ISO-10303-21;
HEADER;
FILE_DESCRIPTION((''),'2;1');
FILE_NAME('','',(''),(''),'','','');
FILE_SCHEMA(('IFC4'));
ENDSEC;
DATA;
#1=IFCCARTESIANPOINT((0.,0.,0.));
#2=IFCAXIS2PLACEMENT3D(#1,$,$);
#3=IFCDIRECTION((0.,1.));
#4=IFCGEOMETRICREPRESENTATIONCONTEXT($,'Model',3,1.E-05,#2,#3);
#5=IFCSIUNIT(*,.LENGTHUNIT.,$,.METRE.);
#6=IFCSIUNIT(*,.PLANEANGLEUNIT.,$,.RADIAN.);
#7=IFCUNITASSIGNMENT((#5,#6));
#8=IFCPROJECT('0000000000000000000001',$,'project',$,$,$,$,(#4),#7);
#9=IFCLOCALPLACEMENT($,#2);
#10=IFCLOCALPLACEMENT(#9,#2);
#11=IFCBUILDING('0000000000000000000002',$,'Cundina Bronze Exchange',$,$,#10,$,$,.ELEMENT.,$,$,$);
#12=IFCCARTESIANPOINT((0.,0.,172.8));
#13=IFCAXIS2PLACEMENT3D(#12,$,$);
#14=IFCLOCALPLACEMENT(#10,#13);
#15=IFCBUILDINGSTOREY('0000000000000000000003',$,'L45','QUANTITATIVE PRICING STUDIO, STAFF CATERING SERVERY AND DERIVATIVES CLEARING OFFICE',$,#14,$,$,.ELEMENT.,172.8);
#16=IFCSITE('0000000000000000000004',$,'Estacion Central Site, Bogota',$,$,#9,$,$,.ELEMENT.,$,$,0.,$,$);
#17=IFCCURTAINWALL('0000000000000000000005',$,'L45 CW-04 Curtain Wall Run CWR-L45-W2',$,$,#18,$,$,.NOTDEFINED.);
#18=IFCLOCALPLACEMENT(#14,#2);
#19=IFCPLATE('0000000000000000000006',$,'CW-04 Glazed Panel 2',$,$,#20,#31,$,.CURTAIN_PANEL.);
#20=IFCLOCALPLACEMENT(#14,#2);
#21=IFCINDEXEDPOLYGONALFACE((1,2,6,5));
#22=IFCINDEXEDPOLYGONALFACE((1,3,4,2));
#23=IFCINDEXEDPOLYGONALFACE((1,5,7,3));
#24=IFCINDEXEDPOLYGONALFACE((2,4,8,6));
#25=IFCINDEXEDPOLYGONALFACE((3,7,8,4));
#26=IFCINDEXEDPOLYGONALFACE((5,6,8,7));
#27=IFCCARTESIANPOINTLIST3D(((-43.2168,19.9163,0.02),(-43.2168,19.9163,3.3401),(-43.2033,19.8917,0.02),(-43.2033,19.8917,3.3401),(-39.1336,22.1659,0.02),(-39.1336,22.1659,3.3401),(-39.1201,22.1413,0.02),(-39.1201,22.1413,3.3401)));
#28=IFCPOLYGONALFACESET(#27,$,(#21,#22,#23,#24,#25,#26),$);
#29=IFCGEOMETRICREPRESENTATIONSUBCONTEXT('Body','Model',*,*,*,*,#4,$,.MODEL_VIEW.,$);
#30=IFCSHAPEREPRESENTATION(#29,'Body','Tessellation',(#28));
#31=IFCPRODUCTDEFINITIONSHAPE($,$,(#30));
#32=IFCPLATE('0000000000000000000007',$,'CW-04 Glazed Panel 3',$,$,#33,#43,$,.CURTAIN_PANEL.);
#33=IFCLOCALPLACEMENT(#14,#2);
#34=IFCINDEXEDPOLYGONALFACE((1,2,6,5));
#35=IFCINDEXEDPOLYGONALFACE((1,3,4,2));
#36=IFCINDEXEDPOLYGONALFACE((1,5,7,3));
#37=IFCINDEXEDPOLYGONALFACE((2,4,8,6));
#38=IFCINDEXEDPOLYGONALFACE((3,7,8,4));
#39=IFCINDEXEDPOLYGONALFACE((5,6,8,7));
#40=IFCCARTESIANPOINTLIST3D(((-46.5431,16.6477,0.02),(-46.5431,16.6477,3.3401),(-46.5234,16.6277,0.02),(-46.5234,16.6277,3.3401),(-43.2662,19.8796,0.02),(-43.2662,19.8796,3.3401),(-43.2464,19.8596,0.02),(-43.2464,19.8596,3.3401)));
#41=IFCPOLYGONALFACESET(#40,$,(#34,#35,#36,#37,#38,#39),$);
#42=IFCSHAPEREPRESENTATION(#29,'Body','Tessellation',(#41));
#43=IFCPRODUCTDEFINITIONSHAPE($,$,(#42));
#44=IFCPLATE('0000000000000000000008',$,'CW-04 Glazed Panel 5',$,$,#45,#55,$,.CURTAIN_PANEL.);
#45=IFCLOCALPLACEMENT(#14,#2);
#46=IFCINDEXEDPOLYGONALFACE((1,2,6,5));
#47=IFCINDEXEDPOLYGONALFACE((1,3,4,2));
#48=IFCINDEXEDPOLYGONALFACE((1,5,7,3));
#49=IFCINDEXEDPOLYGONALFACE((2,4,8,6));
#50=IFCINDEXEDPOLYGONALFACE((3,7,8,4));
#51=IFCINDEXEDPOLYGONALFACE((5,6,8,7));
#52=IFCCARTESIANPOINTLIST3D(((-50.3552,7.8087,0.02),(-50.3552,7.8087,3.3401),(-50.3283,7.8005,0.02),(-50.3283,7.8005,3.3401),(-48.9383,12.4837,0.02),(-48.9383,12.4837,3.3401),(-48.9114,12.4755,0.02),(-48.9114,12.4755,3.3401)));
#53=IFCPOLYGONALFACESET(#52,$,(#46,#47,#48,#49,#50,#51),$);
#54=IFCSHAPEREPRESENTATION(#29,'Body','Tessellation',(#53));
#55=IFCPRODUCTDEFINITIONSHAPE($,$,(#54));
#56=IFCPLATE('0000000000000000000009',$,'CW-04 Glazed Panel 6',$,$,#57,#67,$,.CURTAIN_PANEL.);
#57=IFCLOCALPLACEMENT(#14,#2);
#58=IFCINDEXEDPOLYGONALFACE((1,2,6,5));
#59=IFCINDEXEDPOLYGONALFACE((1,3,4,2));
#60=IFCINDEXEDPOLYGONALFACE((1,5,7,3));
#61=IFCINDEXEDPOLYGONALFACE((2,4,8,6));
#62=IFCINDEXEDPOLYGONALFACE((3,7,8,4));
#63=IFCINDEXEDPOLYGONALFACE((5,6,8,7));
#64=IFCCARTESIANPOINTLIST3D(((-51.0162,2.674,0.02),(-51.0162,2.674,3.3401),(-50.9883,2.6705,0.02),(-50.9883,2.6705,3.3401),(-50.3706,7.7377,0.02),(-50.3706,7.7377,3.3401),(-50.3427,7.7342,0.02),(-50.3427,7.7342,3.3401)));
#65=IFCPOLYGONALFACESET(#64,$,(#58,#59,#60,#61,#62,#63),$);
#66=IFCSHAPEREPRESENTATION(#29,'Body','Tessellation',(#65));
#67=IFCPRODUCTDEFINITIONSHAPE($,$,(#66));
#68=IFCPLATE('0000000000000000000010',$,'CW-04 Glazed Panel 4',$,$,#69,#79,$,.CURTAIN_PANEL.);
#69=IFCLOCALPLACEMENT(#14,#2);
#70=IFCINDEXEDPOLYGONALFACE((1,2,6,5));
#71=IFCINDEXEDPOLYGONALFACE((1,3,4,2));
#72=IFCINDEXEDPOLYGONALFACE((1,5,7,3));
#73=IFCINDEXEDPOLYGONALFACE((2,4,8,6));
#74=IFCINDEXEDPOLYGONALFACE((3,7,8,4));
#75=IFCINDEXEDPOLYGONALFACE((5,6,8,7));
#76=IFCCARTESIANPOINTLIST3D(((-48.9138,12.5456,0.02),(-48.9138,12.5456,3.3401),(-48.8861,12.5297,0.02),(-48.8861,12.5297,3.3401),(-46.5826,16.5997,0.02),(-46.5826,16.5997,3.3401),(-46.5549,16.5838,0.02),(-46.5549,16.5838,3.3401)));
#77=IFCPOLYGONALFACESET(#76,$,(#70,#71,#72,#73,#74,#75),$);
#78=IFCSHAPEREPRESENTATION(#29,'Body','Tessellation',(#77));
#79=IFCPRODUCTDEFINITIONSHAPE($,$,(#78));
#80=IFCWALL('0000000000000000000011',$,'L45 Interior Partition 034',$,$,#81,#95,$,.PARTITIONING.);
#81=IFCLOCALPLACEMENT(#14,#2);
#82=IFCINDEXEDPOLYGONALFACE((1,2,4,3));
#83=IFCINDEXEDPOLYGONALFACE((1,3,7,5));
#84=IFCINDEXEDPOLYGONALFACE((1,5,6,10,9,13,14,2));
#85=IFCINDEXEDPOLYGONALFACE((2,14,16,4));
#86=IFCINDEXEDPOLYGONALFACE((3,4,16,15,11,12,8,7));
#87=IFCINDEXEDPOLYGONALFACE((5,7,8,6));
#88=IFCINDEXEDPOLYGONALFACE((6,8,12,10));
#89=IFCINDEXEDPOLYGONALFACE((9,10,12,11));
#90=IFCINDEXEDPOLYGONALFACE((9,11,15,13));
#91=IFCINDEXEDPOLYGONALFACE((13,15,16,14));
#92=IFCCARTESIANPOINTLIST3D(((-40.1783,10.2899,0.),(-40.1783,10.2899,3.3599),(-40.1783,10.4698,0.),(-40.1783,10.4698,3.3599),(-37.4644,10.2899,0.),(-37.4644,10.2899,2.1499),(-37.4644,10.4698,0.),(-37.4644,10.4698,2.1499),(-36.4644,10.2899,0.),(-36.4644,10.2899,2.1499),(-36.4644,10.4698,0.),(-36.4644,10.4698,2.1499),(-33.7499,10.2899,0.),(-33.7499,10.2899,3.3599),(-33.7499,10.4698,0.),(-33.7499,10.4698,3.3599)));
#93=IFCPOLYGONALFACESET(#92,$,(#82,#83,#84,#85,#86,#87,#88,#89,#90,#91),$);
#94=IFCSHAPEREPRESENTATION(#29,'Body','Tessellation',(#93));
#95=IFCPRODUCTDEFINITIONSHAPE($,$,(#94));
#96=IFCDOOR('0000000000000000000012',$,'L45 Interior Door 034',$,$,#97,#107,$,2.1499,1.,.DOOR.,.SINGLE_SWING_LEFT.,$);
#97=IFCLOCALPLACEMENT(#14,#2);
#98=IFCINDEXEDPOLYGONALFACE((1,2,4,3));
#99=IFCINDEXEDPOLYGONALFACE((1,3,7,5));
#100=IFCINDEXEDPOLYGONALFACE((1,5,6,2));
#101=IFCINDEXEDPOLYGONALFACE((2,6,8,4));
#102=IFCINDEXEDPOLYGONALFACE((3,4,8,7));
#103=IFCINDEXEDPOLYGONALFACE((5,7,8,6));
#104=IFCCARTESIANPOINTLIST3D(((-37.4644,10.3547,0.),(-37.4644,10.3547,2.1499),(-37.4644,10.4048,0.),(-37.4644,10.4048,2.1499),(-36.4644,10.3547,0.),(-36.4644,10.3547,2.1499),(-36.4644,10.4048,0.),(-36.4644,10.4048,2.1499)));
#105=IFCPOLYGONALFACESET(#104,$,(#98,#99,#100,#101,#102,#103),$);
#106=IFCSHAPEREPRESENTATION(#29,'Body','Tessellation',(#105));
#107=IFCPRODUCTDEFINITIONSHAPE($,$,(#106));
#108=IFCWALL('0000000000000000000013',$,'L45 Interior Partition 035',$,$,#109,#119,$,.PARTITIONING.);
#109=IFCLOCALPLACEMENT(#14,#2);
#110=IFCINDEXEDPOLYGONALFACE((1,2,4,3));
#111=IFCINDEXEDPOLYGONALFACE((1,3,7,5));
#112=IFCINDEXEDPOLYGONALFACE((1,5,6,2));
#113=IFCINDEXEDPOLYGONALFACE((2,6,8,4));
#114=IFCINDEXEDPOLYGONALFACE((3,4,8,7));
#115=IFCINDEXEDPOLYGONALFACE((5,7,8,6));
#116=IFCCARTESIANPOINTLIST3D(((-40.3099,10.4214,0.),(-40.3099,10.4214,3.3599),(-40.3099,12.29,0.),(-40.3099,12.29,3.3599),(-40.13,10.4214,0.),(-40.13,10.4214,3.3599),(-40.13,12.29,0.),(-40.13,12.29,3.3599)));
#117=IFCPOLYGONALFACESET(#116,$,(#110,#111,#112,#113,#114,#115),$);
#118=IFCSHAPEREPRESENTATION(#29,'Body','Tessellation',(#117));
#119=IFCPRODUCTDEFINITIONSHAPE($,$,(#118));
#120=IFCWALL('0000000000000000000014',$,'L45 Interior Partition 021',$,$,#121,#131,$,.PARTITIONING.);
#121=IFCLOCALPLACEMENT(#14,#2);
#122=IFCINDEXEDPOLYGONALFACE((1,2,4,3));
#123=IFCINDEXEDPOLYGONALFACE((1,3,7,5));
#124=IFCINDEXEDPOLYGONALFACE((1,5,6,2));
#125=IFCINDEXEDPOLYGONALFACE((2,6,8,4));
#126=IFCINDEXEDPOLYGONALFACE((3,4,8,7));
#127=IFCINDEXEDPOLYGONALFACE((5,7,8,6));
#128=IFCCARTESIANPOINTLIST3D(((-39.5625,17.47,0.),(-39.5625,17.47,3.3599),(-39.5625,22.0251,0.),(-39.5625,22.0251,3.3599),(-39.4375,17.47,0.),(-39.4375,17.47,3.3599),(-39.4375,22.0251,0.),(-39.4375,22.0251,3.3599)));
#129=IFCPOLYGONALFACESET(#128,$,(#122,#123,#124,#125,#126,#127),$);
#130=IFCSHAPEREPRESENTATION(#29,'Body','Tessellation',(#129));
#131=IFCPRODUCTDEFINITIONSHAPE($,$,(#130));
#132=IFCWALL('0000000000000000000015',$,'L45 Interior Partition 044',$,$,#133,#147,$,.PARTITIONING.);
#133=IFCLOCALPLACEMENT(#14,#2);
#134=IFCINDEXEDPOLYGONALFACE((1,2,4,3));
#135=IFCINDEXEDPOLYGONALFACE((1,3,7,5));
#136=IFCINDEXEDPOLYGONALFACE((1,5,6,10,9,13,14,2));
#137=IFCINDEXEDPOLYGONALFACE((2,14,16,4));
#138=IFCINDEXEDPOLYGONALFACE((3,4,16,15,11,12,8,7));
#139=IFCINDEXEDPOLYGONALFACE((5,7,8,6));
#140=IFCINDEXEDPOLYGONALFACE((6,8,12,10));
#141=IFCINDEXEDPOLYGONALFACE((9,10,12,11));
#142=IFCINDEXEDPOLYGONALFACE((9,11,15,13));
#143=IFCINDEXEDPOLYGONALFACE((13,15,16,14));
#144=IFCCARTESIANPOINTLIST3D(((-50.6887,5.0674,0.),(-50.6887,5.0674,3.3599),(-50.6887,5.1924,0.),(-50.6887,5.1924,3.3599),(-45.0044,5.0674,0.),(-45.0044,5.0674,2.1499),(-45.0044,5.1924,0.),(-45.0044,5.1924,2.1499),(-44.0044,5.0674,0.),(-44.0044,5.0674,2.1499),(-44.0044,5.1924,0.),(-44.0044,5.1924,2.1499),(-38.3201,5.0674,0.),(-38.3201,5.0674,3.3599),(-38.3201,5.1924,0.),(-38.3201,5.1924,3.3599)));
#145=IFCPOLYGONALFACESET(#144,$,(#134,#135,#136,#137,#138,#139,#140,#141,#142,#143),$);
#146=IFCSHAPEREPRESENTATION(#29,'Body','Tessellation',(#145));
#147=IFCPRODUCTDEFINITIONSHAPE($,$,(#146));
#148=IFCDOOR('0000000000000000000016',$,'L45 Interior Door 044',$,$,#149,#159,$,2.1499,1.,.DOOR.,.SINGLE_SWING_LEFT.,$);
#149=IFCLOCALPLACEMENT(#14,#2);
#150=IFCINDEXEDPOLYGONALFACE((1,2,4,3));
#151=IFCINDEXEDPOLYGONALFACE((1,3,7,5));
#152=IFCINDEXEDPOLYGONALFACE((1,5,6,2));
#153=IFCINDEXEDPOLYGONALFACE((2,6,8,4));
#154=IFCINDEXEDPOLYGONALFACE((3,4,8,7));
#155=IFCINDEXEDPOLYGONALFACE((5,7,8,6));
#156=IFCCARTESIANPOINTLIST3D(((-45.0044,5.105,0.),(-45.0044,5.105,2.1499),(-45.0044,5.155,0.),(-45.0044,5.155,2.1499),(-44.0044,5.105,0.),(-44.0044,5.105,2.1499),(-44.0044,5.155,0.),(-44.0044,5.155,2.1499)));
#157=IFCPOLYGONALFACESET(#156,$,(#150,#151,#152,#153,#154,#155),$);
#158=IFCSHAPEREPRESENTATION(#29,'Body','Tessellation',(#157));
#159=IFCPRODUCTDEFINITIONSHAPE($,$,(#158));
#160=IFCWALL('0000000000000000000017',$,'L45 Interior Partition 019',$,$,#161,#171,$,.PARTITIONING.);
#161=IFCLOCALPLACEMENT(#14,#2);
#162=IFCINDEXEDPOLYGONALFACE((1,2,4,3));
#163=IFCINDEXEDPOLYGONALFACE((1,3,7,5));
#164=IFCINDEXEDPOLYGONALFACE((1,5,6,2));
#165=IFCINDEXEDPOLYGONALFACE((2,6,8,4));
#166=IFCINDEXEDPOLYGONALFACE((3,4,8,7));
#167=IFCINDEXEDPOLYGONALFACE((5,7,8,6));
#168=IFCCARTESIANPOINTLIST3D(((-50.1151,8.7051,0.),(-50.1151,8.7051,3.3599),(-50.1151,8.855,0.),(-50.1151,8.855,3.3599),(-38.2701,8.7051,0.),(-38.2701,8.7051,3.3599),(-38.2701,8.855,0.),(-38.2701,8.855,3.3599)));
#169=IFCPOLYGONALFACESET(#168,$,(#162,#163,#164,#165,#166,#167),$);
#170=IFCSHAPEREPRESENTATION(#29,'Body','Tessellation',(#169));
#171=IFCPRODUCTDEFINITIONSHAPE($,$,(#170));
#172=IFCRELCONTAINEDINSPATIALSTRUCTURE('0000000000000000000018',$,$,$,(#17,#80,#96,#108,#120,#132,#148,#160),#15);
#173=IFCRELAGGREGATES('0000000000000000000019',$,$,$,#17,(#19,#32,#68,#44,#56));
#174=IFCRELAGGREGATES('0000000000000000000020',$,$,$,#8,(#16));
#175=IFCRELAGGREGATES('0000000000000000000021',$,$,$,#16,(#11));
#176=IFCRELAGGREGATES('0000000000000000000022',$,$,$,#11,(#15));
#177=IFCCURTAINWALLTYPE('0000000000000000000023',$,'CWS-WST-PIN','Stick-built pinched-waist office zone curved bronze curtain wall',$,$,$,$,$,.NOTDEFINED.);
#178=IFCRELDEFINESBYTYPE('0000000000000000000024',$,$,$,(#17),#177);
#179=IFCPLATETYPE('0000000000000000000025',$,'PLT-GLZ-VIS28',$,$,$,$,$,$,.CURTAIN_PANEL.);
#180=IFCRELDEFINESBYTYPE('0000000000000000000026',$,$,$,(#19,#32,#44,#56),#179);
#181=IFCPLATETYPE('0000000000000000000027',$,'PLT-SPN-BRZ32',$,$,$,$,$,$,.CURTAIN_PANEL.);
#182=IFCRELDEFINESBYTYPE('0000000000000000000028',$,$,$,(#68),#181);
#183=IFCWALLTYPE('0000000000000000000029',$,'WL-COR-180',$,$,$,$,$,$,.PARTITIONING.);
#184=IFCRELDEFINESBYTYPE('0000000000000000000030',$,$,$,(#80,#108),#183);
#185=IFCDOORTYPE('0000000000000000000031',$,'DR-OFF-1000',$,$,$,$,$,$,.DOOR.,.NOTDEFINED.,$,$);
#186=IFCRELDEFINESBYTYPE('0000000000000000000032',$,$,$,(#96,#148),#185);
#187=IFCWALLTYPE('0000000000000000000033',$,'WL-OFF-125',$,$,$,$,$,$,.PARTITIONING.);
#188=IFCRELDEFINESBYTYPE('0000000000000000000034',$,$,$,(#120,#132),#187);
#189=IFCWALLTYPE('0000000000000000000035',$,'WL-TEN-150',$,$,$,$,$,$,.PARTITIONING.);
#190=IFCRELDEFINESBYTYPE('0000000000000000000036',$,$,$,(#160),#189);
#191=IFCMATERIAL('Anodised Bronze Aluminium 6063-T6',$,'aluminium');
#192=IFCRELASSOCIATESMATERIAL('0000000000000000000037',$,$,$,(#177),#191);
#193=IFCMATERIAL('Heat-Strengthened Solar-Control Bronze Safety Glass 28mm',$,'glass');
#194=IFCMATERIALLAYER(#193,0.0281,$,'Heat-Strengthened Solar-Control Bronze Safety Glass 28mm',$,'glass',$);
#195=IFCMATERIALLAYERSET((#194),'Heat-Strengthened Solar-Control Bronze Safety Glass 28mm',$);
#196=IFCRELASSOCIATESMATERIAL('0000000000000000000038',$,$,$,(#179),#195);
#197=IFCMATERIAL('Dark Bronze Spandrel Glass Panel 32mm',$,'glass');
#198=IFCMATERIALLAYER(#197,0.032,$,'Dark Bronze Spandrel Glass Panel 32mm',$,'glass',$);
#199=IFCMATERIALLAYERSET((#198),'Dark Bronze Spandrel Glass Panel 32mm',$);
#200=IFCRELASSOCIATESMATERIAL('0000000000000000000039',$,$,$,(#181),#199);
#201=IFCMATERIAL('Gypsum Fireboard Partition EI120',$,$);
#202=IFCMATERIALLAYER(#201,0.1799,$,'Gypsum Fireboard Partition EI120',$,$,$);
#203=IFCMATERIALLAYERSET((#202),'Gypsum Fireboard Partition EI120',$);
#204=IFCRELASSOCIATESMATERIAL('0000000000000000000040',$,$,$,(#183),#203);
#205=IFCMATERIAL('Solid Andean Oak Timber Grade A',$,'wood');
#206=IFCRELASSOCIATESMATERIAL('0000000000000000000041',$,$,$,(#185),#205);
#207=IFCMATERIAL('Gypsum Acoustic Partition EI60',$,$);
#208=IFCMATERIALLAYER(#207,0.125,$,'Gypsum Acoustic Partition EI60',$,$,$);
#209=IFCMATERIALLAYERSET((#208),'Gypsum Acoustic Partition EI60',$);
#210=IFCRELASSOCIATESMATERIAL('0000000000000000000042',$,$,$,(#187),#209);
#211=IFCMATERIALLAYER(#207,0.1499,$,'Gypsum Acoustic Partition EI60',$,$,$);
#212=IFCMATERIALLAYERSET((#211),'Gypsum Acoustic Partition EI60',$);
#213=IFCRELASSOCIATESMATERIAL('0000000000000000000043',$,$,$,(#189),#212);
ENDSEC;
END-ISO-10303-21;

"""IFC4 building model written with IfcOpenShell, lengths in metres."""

from ifc_helpers import new_model, si_unit, direction, frame, frame_2d, origin, origin_2d, place, context, subcontext, project, spatial, rectangle, extrude, material, layer, layer_set, type_object, element, fill, aggregate, save


model = new_model("IFC4")

# Units and contexts
model_context = context("Model", 3, precision=1e-05, world=origin(), true_north=direction((0.0, 1.0)))
body_context = subcontext(model_context, "Body", "Model", "MODEL_VIEW")
ifc_project = project(units=[si_unit("LENGTHUNIT", "METRE"), si_unit("PLANEANGLEUNIT", "RADIAN")], contexts=[model_context])

# Site, building, storey
site_placement = place(None, origin())
site = spatial("IfcSite", under=ifc_project, at=site_placement, Name="Estacion Central Site, Bogota", CompositionType="ELEMENT", RefElevation=0.0)
building_placement = place(site_placement, origin())
building = spatial("IfcBuilding", under=site, at=building_placement, Name="Cundina Bronze Exchange", CompositionType="ELEMENT")
storey_placement = place(building_placement, frame((0.0, 0.0, 172.8)))
storey = spatial("IfcBuildingStorey", under=building, at=storey_placement, Name="L45", Description="QUANTITATIVE PRICING STUDIO, STAFF CATERING SERVERY AND DERIVATIVES CLEARING OFFICE", CompositionType="ELEMENT", Elevation=172.8)

# Curtain wall, plates
ifc_material_1 = material(Name="Anodised Bronze Aluminium 6063-T6", Category="aluminium")
curtain_wall_type = type_object("IfcCurtainWallType", Name="CWS-WST-PIN", Description="Stick-built pinched-waist office zone curved bronze curtain wall", PredefinedType="NOTDEFINED", material=ifc_material_1)
curtain_wall_placement = place(storey_placement, origin())
curtain_wall = element("IfcCurtainWall", 1, at=curtain_wall_placement, inside=storey, type_object=curtain_wall_type, Name="L45 CW-04 Curtain Wall Run CWR-L45-W2", PredefinedType="NOTDEFINED")
ifc_material_2 = material(Name="Heat-Strengthened Solar-Control Bronze Safety Glass 28mm", Category="glass")
ifc_layer_1 = layer(ifc_material_2, 0.0281, Name="Heat-Strengthened Solar-Control Bronze Safety Glass 28mm", Category="glass")
ifc_layer_set_1 = layer_set([ifc_layer_1], Name="Heat-Strengthened Solar-Control Bronze Safety Glass 28mm")
plate_type_1 = type_object("IfcPlateType", Name="PLT-GLZ-VIS28", PredefinedType="CURTAIN_PANEL", material=ifc_layer_set_1)
plate_1_placement = place(storey_placement, frame((-41.1685, 21.0288, 0.02), z_axis=(0.0, 0.0, 1.0), x_axis=(-0.875869, -0.482549, 0.0)))
plate_1 = element("IfcPlate", 2, at=plate_1_placement, type_object=plate_type_1, Name="CW-04 Glazed Panel 2", PredefinedType="CURTAIN_PANEL", context=body_context, shape_type="SweptSolid", body=[
    extrude(rectangle(XDim=4.6619, YDim=0.0281, at=origin_2d()), origin(), (0.0, 0.0, 1.0), 3.3201),
])
plate_2_placement = place(storey_placement, frame((-44.8948, 18.2537, 0.02), z_axis=(0.0, 0.0, 1.0), x_axis=(-0.711989, -0.70219, 0.0)))
plate_2 = element("IfcPlate", 3, at=plate_2_placement, type_object=plate_type_1, Name="CW-04 Glazed Panel 3", PredefinedType="CURTAIN_PANEL", context=body_context, shape_type="SweptSolid", body=[
    extrude(rectangle(XDim=4.6025, YDim=0.0281, at=origin_2d()), origin(), (0.0, 0.0, 1.0), 3.3201),
])
plate_3_placement = place(storey_placement, frame((-49.6333, 10.1421, 0.02), z_axis=(0.0, 0.0, 1.0), x_axis=(-0.290051, -0.957011, 0.0)))
plate_3 = element("IfcPlate", 4, at=plate_3_placement, type_object=plate_type_1, Name="CW-04 Glazed Panel 5", PredefinedType="CURTAIN_PANEL", context=body_context, shape_type="SweptSolid", body=[
    extrude(rectangle(XDim=4.885, YDim=0.0281, at=origin_2d()), origin(), (0.0, 0.0, 1.0), 3.3201),
])
plate_4_placement = place(storey_placement, frame((-50.6794, 5.2041, 0.02), z_axis=(0.0, 0.0, 1.0), x_axis=(-0.126476, -0.99197, 0.0)))
plate_4 = element("IfcPlate", 5, at=plate_4_placement, type_object=plate_type_1, Name="CW-04 Glazed Panel 6", PredefinedType="CURTAIN_PANEL", context=body_context, shape_type="SweptSolid", body=[
    extrude(rectangle(XDim=5.1047, YDim=0.0281, at=origin_2d()), origin(), (0.0, 0.0, 1.0), 3.3201),
])
ifc_material_3 = material(Name="Dark Bronze Spandrel Glass Panel 32mm", Category="glass")
ifc_layer_2 = layer(ifc_material_3, 0.032, Name="Dark Bronze Spandrel Glass Panel 32mm", Category="glass")
ifc_layer_set_2 = layer_set([ifc_layer_2], Name="Dark Bronze Spandrel Glass Panel 32mm")
plate_type_2 = type_object("IfcPlateType", Name="PLT-SPN-BRZ32", PredefinedType="CURTAIN_PANEL", material=ifc_layer_set_2)
plate_5_placement = place(storey_placement, frame((-47.7344, 14.5647, 0.02), z_axis=(0.0, 0.0, 1.0), x_axis=(-0.498488, -0.866897, 0.0)))
plate_5 = element("IfcPlate", 6, at=plate_5_placement, type_object=plate_type_2, Name="CW-04 Glazed Panel 4", PredefinedType="CURTAIN_PANEL", context=body_context, shape_type="SweptSolid", body=[
    extrude(rectangle(XDim=4.6765, YDim=0.032, at=origin_2d()), origin(), (0.0, 0.0, 1.0), 3.3201),
])
aggregate(curtain_wall, [plate_1, plate_2, plate_5, plate_3, plate_4])

# Wall, opening, door
ifc_material_4 = material(Name="Gypsum Fireboard Partition EI120")
ifc_layer_3 = layer(ifc_material_4, 0.1799, Name="Gypsum Fireboard Partition EI120")
ifc_layer_set_3 = layer_set([ifc_layer_3], Name="Gypsum Fireboard Partition EI120")
wall_type_1 = type_object("IfcWallType", Name="WL-COR-180", PredefinedType="PARTITIONING", material=ifc_layer_set_3)
wall_1_placement = place(storey_placement, frame((-40.1785, 10.3799, 0.0), z_axis=(0.0, 0.0, 1.0), x_axis=(1.0, 0.0, 0.0)))
wall_1 = element("IfcWall", 7, at=wall_1_placement, inside=storey, type_object=wall_type_1, Name="L45 Interior Partition 034", PredefinedType="PARTITIONING", context=body_context, shape_type="SweptSolid", body=[
    extrude(rectangle(XDim=6.4285, YDim=0.1799, at=frame_2d((3.2144, 0.0))), origin(), (0.0, 0.0, 1.0), 3.3599),
])
opening_1_placement = place(wall_1_placement, frame((2.7141, 0.0, 0.0)))
opening_1 = element("IfcOpeningElement", 8, at=opening_1_placement, cuts=wall_1, PredefinedType="OPENING", context=body_context, shape_type="SweptSolid", body=[
    extrude(rectangle(XDim=1.0, YDim=2.1499, at=frame_2d((0.5, 1.075))), frame((0.0, 0.0999, 0.0), z_axis=(0.0, -1.0, 0.0), x_axis=(1.0, 0.0, 0.0)), (0.0, 0.0, 1.0), 0.2),
])
ifc_material_5 = material(Name="Solid Andean Oak Timber Grade A", Category="wood")
door_type = type_object("IfcDoorType", Name="DR-OFF-1000", OperationType="NOTDEFINED", PredefinedType="DOOR", material=ifc_material_5)
door_1_placement = place(opening_1_placement, origin())
door_1 = element("IfcDoor", 9, at=door_1_placement, inside=storey, type_object=door_type, Name="L45 Interior Door 034", OperationType="SINGLE_SWING_LEFT", OverallHeight=2.1499, OverallWidth=1.0, PredefinedType="DOOR", context=body_context, shape_type="SweptSolid", body=[
    extrude(rectangle(XDim=1.0, YDim=2.1499, at=frame_2d((0.5, 1.075))), frame((0.0, 0.0249, 0.0), z_axis=(0.0, -1.0, 0.0), x_axis=(1.0, 0.0, 0.0)), (0.0, 0.0, 1.0), 0.05),
])
fill(opening_1, door_1)

# Walls
wall_2_placement = place(storey_placement, frame((-40.22, 12.29, 0.0), z_axis=(0.0, 0.0, 1.0), x_axis=(0.0, -1.0, 0.0)))
element("IfcWall", 10, at=wall_2_placement, inside=storey, type_object=wall_type_1, Name="L45 Interior Partition 035", PredefinedType="PARTITIONING", context=body_context, shape_type="SweptSolid", body=[
    extrude(rectangle(XDim=1.8687, YDim=0.1799, at=frame_2d((0.9343, 0.0))), origin(), (0.0, 0.0, 1.0), 3.3599),
])
ifc_material_6 = material(Name="Gypsum Acoustic Partition EI60")
ifc_layer_4 = layer(ifc_material_6, 0.125, Name="Gypsum Acoustic Partition EI60")
ifc_layer_set_4 = layer_set([ifc_layer_4], Name="Gypsum Acoustic Partition EI60")
wall_type_2 = type_object("IfcWallType", Name="WL-OFF-125", PredefinedType="PARTITIONING", material=ifc_layer_set_4)
wall_3_placement = place(storey_placement, frame((-39.5, 17.47, 0.0), z_axis=(0.0, 0.0, 1.0), x_axis=(0.0, 1.0, 0.0)))
element("IfcWall", 11, at=wall_3_placement, inside=storey, type_object=wall_type_2, Name="L45 Interior Partition 021", PredefinedType="PARTITIONING", context=body_context, shape_type="SweptSolid", body=[
    extrude(rectangle(XDim=4.5552, YDim=0.125, at=frame_2d((2.2776, 0.0))), origin(), (0.0, 0.0, 1.0), 3.3599),
])

# Wall, opening, door
wall_4_placement = place(storey_placement, frame((-38.3201, 5.1299, 0.0), z_axis=(0.0, 0.0, 1.0), x_axis=(-1.0, 0.0, 0.0)))
wall_4 = element("IfcWall", 12, at=wall_4_placement, inside=storey, type_object=wall_type_2, Name="L45 Interior Partition 044", PredefinedType="PARTITIONING", context=body_context, shape_type="SweptSolid", body=[
    extrude(rectangle(XDim=12.3687, YDim=0.125, at=frame_2d((6.1843, 0.0))), origin(), (0.0, 0.0, 1.0), 3.3599),
])
opening_2_placement = place(wall_4_placement, frame((5.6843, 0.0, 0.0)))
opening_2 = element("IfcOpeningElement", 13, at=opening_2_placement, cuts=wall_4, PredefinedType="OPENING", context=body_context, shape_type="SweptSolid", body=[
    extrude(rectangle(XDim=1.0, YDim=2.1499, at=frame_2d((0.5, 1.075))), frame((0.0, 0.0725, 0.0), z_axis=(0.0, -1.0, 0.0), x_axis=(1.0, 0.0, 0.0)), (0.0, 0.0, 1.0), 0.145),
])
door_2_placement = place(opening_2_placement, origin())
door_2 = element("IfcDoor", 14, at=door_2_placement, inside=storey, type_object=door_type, Name="L45 Interior Door 044", OperationType="SINGLE_SWING_LEFT", OverallHeight=2.1499, OverallWidth=1.0, PredefinedType="DOOR", context=body_context, shape_type="SweptSolid", body=[
    extrude(rectangle(XDim=1.0, YDim=2.1499, at=frame_2d((0.5, 1.075))), frame((0.0, 0.0249, 0.0), z_axis=(0.0, -1.0, 0.0), x_axis=(1.0, 0.0, 0.0)), (0.0, 0.0, 1.0), 0.05),
])
fill(opening_2, door_2)

# Wall
ifc_layer_5 = layer(ifc_material_6, 0.1499, Name="Gypsum Acoustic Partition EI60")
ifc_layer_set_5 = layer_set([ifc_layer_5], Name="Gypsum Acoustic Partition EI60")
wall_type_3 = type_object("IfcWallType", Name="WL-TEN-150", PredefinedType="PARTITIONING", material=ifc_layer_set_5)
wall_5_placement = place(storey_placement, frame((-50.115, 8.78, 0.0), z_axis=(0.0, 0.0, 1.0), x_axis=(1.0, 0.0, 0.0)))
element("IfcWall", 15, at=wall_5_placement, inside=storey, type_object=wall_type_3, Name="L45 Interior Partition 019", PredefinedType="PARTITIONING", context=body_context, shape_type="SweptSolid", body=[
    extrude(rectangle(XDim=11.845, YDim=0.1499, at=frame_2d((5.9224, 0.0))), origin(), (0.0, 0.0, 1.0), 3.3599),
])

save(model, "model.ifc")
